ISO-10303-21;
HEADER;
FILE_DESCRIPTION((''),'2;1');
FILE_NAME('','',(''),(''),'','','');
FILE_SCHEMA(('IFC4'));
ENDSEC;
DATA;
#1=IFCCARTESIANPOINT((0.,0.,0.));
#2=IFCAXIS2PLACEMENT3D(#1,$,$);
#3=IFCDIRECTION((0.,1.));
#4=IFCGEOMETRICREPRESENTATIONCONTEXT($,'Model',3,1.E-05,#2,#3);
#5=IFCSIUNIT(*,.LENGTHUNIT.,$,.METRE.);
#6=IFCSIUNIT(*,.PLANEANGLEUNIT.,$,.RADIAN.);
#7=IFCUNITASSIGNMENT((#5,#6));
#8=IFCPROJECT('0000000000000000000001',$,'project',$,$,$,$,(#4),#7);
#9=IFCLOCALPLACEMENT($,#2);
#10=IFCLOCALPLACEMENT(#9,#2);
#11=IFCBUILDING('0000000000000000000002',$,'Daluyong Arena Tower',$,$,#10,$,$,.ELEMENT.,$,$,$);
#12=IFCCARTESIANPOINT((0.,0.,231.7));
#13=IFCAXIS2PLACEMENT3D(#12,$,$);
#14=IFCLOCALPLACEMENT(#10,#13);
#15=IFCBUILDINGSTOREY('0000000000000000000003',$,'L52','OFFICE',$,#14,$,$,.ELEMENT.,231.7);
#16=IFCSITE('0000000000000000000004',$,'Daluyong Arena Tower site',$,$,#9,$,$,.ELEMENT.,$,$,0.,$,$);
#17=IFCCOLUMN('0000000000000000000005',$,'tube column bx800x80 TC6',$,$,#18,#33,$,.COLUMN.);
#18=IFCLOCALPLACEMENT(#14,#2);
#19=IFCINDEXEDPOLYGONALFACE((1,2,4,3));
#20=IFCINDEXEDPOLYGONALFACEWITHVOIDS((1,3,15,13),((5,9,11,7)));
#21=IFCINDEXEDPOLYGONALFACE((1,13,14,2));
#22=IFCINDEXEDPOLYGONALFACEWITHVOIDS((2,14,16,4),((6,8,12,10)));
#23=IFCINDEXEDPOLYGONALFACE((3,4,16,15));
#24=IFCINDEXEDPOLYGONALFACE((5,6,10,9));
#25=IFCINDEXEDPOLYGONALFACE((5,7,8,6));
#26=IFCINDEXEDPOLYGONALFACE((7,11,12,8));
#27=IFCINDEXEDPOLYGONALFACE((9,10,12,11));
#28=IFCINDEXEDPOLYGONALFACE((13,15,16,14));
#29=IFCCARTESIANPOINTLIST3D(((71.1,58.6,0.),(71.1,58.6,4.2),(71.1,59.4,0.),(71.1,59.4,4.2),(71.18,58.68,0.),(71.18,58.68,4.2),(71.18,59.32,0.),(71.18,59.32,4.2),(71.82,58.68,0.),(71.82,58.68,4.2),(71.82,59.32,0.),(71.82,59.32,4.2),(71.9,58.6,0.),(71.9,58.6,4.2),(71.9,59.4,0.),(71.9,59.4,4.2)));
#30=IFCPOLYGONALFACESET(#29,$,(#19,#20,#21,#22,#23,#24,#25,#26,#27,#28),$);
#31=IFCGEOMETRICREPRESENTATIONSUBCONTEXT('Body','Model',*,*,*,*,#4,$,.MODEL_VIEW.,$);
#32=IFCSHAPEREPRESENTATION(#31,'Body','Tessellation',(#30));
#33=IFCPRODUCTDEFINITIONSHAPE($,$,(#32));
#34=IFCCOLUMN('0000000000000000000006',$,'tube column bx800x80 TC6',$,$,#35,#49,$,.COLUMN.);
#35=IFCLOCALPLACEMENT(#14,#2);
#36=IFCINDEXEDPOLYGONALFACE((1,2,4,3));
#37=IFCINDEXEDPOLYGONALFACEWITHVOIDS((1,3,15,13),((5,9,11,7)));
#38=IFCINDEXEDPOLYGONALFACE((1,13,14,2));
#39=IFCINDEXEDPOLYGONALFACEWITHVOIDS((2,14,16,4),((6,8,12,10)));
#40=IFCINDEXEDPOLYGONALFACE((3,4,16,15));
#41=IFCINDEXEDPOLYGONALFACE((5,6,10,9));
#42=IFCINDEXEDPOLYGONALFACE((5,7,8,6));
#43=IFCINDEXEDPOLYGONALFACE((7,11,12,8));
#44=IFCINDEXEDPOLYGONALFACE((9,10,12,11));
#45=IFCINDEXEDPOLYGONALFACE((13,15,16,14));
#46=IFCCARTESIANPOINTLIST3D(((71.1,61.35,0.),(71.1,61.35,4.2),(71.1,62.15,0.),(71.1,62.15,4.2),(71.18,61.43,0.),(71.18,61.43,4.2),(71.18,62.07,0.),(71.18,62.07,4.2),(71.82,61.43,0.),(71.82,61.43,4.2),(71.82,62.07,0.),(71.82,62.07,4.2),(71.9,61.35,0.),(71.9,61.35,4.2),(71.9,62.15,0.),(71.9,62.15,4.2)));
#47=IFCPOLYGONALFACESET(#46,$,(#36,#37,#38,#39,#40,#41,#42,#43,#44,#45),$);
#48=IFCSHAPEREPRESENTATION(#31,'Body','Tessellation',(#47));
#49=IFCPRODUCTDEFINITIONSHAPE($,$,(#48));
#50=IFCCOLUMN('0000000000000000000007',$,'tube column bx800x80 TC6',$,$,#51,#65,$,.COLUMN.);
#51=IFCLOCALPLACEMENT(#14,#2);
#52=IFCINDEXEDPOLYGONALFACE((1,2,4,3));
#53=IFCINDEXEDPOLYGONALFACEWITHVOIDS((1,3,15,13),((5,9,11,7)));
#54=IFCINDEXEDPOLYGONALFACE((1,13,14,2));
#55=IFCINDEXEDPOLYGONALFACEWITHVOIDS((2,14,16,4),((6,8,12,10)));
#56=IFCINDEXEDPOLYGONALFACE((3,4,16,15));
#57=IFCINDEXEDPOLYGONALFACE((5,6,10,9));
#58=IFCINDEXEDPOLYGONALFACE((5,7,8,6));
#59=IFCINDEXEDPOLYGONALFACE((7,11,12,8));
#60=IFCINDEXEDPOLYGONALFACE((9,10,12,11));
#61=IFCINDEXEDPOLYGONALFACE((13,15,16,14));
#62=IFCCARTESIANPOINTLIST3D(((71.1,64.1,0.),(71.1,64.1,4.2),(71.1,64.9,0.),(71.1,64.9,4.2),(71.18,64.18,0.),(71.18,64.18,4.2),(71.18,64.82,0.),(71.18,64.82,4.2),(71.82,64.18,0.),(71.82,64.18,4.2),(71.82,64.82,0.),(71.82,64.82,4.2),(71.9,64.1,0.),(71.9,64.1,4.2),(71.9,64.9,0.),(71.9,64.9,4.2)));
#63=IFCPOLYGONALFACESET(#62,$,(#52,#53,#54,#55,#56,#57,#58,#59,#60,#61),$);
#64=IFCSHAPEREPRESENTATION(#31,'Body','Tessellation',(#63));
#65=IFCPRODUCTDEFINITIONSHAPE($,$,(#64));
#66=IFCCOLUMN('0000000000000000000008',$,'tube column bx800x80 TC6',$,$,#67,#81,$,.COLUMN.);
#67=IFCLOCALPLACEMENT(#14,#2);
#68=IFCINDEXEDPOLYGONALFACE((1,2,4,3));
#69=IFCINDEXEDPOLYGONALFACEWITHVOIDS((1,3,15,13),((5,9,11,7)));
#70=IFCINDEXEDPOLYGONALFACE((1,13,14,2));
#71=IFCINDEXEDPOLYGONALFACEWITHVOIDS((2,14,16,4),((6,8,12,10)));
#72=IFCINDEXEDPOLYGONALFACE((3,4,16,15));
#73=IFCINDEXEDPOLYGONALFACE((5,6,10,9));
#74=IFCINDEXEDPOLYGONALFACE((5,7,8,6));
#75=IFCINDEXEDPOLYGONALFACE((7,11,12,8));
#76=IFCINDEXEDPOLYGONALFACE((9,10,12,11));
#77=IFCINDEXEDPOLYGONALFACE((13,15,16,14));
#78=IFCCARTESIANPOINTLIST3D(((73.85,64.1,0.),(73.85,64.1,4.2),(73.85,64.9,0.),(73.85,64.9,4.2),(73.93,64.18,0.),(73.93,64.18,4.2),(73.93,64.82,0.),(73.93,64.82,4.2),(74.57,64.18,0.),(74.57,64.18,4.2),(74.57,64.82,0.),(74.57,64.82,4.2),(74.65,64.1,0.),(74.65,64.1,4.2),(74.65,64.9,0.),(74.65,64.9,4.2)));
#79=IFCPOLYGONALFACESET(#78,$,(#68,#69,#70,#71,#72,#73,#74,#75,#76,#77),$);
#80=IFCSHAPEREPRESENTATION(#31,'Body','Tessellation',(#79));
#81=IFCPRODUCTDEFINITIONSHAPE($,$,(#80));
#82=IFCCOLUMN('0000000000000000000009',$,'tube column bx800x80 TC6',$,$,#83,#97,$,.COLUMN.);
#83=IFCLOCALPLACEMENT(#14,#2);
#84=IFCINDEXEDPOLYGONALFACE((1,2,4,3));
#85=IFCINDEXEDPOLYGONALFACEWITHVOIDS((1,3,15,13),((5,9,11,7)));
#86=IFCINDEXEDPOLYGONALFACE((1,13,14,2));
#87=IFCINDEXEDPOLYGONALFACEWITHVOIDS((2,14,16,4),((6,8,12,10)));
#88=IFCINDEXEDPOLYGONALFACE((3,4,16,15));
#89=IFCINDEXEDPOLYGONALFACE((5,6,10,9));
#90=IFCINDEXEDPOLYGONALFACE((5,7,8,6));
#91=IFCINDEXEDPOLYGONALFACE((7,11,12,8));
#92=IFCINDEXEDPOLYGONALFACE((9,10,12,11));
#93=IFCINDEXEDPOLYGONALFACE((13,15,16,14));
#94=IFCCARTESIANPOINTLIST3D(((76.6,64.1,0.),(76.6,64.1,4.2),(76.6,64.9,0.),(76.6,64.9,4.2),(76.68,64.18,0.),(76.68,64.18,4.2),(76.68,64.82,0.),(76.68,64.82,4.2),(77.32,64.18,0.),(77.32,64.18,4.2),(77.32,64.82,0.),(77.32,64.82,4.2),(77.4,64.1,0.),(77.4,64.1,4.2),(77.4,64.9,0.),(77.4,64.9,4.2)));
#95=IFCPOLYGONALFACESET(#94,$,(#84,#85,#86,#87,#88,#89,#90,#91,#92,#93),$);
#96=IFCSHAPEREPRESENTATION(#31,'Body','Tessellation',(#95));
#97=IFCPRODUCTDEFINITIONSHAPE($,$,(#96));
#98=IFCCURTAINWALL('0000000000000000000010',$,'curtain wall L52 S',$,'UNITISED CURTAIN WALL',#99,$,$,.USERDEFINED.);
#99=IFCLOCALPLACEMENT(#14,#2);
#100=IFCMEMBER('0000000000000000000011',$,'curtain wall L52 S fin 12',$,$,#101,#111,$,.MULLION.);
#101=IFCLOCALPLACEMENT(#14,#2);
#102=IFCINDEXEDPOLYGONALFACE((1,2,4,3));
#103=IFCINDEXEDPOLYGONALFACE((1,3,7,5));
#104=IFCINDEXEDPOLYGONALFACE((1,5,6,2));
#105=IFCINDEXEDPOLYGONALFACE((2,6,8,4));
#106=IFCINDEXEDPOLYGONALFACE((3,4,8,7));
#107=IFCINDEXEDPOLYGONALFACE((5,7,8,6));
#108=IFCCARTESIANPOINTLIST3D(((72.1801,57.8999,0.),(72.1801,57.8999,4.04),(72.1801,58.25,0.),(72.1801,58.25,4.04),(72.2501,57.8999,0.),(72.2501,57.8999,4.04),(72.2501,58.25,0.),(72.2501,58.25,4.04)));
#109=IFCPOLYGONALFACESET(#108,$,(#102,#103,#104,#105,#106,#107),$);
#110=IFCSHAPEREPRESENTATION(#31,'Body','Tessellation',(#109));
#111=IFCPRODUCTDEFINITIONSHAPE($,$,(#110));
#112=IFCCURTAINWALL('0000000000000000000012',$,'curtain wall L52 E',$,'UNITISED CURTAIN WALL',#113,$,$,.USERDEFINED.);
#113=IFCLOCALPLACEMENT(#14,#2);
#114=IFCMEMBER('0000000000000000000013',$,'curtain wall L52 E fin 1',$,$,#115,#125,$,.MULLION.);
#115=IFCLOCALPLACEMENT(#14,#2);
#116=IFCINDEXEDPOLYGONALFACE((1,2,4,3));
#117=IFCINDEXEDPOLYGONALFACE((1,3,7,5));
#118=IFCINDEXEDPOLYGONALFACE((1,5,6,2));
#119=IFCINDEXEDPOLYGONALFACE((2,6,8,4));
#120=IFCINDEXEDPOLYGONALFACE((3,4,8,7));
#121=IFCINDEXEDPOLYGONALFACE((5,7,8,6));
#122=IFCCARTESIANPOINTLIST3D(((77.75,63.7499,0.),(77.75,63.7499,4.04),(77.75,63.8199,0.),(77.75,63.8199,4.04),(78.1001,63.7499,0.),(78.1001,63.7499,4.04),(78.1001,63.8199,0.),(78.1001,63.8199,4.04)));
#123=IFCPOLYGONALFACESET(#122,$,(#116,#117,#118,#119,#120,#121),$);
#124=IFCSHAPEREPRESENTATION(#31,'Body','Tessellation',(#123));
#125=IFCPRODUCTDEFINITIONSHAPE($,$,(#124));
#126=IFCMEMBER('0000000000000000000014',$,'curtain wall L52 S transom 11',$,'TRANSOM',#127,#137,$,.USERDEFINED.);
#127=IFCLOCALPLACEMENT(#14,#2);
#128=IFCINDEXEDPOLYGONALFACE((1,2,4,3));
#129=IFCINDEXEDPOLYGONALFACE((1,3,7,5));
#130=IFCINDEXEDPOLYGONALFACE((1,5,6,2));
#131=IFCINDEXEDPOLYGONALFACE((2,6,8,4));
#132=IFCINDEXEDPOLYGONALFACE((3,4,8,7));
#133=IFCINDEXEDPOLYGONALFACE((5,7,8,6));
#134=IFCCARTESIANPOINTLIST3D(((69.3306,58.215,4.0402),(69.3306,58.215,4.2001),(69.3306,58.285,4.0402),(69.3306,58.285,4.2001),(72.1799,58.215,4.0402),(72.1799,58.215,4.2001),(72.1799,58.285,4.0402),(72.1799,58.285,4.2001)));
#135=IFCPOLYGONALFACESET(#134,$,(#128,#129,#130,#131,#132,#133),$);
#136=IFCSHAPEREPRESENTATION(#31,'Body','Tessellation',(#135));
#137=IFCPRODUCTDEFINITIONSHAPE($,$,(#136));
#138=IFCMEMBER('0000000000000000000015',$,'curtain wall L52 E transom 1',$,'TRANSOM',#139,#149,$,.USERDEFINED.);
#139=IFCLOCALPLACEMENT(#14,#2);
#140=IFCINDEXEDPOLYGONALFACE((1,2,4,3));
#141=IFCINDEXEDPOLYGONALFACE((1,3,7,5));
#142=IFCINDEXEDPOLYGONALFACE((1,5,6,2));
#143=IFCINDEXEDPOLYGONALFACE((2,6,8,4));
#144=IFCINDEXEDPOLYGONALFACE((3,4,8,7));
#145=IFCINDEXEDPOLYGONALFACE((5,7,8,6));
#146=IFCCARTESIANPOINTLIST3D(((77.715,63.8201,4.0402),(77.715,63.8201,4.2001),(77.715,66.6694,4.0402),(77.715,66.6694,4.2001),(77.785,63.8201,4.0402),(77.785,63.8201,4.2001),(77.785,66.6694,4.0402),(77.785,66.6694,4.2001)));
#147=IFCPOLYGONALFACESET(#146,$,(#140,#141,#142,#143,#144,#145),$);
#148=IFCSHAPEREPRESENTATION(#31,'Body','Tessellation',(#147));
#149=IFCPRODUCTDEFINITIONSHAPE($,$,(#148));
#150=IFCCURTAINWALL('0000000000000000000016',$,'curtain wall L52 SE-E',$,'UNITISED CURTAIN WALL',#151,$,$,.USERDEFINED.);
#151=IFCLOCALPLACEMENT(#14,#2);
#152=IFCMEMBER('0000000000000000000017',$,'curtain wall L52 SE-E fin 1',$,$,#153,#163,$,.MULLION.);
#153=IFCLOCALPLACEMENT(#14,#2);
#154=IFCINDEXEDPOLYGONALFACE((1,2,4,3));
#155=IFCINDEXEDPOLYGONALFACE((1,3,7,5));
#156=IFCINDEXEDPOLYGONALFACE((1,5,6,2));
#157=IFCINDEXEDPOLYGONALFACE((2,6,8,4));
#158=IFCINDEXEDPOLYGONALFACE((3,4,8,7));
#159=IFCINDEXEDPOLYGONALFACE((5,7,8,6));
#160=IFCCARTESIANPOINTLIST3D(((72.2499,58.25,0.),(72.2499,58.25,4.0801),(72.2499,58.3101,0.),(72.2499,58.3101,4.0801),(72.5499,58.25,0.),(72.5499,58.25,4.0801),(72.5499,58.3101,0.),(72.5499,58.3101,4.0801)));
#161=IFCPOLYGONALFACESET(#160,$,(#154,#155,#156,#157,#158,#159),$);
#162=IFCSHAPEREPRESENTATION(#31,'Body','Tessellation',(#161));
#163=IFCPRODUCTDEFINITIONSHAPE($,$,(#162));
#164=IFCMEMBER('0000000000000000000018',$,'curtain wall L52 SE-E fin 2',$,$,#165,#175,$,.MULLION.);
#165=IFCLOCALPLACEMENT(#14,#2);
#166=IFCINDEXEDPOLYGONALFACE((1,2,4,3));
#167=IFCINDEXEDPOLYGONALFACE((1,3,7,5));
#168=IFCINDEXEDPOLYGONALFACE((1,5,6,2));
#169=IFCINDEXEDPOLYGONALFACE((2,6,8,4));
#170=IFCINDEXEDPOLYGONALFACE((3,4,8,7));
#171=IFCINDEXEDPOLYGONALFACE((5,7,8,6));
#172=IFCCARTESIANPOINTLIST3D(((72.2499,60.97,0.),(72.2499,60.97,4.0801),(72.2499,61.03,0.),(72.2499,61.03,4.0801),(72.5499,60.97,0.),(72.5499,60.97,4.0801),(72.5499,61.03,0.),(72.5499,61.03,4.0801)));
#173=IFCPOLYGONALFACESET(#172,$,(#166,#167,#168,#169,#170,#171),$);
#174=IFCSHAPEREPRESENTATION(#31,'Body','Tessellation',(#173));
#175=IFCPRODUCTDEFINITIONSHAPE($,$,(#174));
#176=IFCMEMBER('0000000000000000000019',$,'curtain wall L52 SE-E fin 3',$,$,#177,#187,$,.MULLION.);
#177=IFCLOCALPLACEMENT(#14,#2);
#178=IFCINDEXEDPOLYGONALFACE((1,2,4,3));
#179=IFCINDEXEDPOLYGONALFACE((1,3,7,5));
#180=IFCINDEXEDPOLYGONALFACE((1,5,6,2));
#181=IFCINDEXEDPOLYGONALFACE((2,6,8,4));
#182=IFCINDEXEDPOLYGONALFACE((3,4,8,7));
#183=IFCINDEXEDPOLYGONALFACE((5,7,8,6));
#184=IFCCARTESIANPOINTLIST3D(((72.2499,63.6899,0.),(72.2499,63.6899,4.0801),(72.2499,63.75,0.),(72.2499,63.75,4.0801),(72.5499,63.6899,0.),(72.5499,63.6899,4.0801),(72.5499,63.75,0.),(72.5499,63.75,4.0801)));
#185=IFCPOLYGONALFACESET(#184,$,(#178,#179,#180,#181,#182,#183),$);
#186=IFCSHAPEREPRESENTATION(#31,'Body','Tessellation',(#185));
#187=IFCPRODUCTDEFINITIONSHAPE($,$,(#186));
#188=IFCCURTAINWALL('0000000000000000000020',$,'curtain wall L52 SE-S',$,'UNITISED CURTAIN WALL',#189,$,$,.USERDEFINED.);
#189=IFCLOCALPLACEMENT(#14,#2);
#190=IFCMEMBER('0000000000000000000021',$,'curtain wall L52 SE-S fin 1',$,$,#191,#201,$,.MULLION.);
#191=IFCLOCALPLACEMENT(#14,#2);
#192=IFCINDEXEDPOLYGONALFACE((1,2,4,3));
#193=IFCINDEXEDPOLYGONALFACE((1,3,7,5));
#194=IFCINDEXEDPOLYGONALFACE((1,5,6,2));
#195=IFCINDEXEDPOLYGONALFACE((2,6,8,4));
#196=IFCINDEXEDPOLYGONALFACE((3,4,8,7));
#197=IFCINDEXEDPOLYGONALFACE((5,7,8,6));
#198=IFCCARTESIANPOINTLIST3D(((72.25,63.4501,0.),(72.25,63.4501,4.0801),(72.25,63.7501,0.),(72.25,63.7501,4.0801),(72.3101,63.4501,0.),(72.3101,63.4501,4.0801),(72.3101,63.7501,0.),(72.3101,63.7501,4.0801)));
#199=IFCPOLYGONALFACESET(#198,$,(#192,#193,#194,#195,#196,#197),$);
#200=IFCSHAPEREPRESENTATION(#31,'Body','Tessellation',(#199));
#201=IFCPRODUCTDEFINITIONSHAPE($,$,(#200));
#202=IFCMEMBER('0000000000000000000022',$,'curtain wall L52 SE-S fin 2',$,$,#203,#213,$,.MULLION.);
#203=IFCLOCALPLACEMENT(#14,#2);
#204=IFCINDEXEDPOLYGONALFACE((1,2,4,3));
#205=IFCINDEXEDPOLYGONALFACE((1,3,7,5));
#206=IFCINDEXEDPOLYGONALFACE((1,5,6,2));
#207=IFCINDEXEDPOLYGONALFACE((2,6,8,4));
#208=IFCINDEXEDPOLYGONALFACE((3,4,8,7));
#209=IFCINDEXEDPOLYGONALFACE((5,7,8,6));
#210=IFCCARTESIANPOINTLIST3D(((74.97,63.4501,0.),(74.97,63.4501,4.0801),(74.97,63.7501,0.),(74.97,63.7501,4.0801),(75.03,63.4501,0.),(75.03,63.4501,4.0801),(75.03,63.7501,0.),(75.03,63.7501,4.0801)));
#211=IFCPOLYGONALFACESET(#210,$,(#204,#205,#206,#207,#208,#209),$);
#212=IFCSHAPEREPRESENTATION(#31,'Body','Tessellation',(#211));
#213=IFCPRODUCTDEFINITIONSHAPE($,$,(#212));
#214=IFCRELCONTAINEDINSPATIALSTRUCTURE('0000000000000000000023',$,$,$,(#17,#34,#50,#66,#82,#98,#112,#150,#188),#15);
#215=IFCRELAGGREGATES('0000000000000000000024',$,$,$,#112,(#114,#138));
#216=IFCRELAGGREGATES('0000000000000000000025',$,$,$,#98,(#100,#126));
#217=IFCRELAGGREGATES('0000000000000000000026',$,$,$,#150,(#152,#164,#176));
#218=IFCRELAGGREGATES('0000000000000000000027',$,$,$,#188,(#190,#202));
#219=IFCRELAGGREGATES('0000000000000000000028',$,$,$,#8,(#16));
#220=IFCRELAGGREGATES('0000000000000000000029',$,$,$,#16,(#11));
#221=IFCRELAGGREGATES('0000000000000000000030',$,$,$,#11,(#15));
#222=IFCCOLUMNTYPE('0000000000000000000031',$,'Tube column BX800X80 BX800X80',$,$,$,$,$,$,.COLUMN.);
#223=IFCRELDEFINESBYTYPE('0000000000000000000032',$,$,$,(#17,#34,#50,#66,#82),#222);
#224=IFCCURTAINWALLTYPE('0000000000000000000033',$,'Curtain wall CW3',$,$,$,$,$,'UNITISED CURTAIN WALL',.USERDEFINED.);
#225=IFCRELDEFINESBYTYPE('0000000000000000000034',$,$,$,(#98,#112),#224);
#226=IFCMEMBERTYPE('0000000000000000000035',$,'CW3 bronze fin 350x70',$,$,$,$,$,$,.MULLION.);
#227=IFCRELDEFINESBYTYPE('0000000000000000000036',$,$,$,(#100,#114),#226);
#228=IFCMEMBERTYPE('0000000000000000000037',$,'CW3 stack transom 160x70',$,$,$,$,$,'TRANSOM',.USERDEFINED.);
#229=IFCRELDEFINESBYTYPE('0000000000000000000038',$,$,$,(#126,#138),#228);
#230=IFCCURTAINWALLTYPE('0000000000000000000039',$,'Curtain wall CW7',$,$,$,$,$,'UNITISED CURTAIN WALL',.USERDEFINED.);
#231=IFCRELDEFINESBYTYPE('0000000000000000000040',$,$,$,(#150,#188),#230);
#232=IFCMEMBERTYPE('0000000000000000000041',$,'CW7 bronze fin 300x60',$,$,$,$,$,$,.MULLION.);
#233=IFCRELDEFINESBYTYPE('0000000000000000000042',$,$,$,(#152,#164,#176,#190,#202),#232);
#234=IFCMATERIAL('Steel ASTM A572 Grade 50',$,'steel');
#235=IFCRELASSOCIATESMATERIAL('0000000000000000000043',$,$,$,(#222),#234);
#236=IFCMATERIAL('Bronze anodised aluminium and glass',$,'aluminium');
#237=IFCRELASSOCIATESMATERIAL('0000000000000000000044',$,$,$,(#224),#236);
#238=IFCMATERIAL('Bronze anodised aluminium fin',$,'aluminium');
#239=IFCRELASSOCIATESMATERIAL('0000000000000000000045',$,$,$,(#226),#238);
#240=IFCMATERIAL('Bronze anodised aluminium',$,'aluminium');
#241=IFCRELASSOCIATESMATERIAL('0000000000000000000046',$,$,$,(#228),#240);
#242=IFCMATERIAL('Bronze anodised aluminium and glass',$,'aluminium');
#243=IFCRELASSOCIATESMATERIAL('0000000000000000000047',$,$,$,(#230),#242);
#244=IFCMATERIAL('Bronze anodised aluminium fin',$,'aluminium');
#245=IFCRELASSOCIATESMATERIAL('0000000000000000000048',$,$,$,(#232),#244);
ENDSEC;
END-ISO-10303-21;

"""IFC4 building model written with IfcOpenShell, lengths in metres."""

from ifc_helpers import new_model, si_unit, direction, frame, origin, origin_2d, place, context, subcontext, project, spatial, rectangle, hollow_rectangle, extrude, material, material_profile, profile_set, type_object, element, aggregate, save


model = new_model("IFC4")

# Units and contexts
model_context = context("Model", 3, precision=1e-05, world=origin(), true_north=direction((0.0, 1.0)))
body_context = subcontext(model_context, "Body", "Model", "MODEL_VIEW")
ifc_project = project(units=[si_unit("LENGTHUNIT", "METRE"), si_unit("PLANEANGLEUNIT", "RADIAN")], contexts=[model_context])

# Site, building, storey
site_placement = place(None, origin())
site = spatial("IfcSite", under=ifc_project, at=site_placement, Name="Daluyong Arena Tower site", CompositionType="ELEMENT", RefElevation=0.0)
building_placement = place(site_placement, origin())
building = spatial("IfcBuilding", under=site, at=building_placement, Name="Daluyong Arena Tower", CompositionType="ELEMENT")
storey_placement = place(building_placement, frame((0.0, 0.0, 231.7)))
storey = spatial("IfcBuildingStorey", under=building, at=storey_placement, Name="L52", Description="OFFICE", CompositionType="ELEMENT", Elevation=231.7)

# Columns
ifc_material_1 = material(Name="Steel ASTM A572 Grade 50", Category="steel")
ifc_material_profile_1 = material_profile(ifc_material_1, hollow_rectangle(XDim=0.8, YDim=0.8, WallThickness=0.08, at=origin_2d()))
ifc_profile_set_1 = profile_set([ifc_material_profile_1], Name="Steel ASTM A572 Grade 50")
column_type = type_object("IfcColumnType", Name="Tube column BX800X80 BX800X80", PredefinedType="COLUMN", material=ifc_profile_set_1)
for number, where, z_axis, x_axis, name in (
    (1, (71.5, 59.0, 0.0), (0.0, 0.0, 1.0), (0.0, 1.0, 0.0), "tube column bx800x80 TC6"),
    (2, (71.5, 61.75, 0.0), (0.0, 0.0, 1.0), (0.0, 1.0, 0.0), "tube column bx800x80 TC6"),
    (3, (71.5, 64.5, 0.0), (0.0, 0.0, 1.0), (1.0, 0.0, 0.0), "tube column bx800x80 TC6"),
    (4, (74.25, 64.5, 0.0), (0.0, 0.0, 1.0), (1.0, 0.0, 0.0), "tube column bx800x80 TC6"),
    (5, (77.0, 64.5, 0.0), (0.0, 0.0, 1.0), (0.0, 1.0, 0.0), "tube column bx800x80 TC6"),
):
    element("IfcColumn", number, at=place(storey_placement, frame(where, z_axis=z_axis, x_axis=x_axis)), inside=storey, type_object=column_type, Name=name, PredefinedType="COLUMN", context=body_context, shape_type="SweptSolid", body=[
        extrude(hollow_rectangle(XDim=0.8, YDim=0.8, WallThickness=0.08, at=origin_2d()), origin(), (0.0, 0.0, 1.0), 4.2),
    ])

# Curtain walls, members
ifc_material_2 = material(Name="Bronze anodised aluminium and glass", Category="aluminium")
curtain_wall_type_1 = type_object("IfcCurtainWallType", Name="Curtain wall CW3", ElementType="UNITISED CURTAIN WALL", PredefinedType="USERDEFINED", material=ifc_material_2)
curtain_wall_1_placement = place(storey_placement, origin())
curtain_wall_1 = element("IfcCurtainWall", 6, at=curtain_wall_1_placement, inside=storey, type_object=curtain_wall_type_1, Name="curtain wall L52 S", ObjectType="UNITISED CURTAIN WALL", PredefinedType="USERDEFINED")
ifc_material_3 = material(Name="Bronze anodised aluminium fin", Category="aluminium")
ifc_material_profile_2 = material_profile(ifc_material_3, rectangle(XDim=0.3501, YDim=0.0701, at=origin_2d()))
ifc_profile_set_2 = profile_set([ifc_material_profile_2], Name="Bronze anodised aluminium fin")
member_type_1 = type_object("IfcMemberType", Name="CW3 bronze fin 350x70", PredefinedType="MULLION", material=ifc_profile_set_2)
member_1_placement = place(storey_placement, frame((72.2151, 58.075, 0.0), z_axis=(0.0, 0.0, 1.0), x_axis=(0.0, 1.0, 0.0)))
member_1 = element("IfcMember", 7, at=member_1_placement, type_object=member_type_1, Name="curtain wall L52 S fin 12", PredefinedType="MULLION", context=body_context, shape_type="SweptSolid", body=[
    extrude(rectangle(XDim=0.3501, YDim=0.0701, at=origin_2d()), origin(), (0.0, 0.0, 1.0), 4.04),
])
curtain_wall_2_placement = place(storey_placement, origin())
curtain_wall_2 = element("IfcCurtainWall", 8, at=curtain_wall_2_placement, inside=storey, type_object=curtain_wall_type_1, Name="curtain wall L52 E", ObjectType="UNITISED CURTAIN WALL", PredefinedType="USERDEFINED")
member_2_placement = place(storey_placement, frame((77.925, 63.7849, 0.0), z_axis=(0.0, 0.0, 1.0), x_axis=(-1.0, 0.0, 0.0)))
member_2 = element("IfcMember", 9, at=member_2_placement, type_object=member_type_1, Name="curtain wall L52 E fin 1", PredefinedType="MULLION", context=body_context, shape_type="SweptSolid", body=[
    extrude(rectangle(XDim=0.3501, YDim=0.0701, at=origin_2d()), origin(), (0.0, 0.0, 1.0), 4.04),
])

# Members
ifc_material_4 = material(Name="Bronze anodised aluminium", Category="aluminium")
ifc_material_profile_3 = material_profile(ifc_material_4, rectangle(XDim=0.0701, YDim=0.1599, at=origin_2d()))
ifc_profile_set_3 = profile_set([ifc_material_profile_3], Name="Bronze anodised aluminium")
member_type_2 = type_object("IfcMemberType", Name="CW3 stack transom 160x70", ElementType="TRANSOM", PredefinedType="USERDEFINED", material=ifc_profile_set_3)
member_3_placement = place(storey_placement, frame((69.3306, 58.25, 4.1201), z_axis=(1.0, 0.0, 0.0), x_axis=(0.0, 1.0, 0.0)))
member_3 = element("IfcMember", 10, at=member_3_placement, type_object=member_type_2, Name="curtain wall L52 S transom 11", ObjectType="TRANSOM", PredefinedType="USERDEFINED", context=body_context, shape_type="SweptSolid", body=[
    extrude(rectangle(XDim=0.0701, YDim=0.1599, at=origin_2d()), origin(), (0.0, 0.0, 1.0), 2.8494),
])
member_4_placement = place(storey_placement, frame((77.75, 63.8201, 4.1201), z_axis=(0.0, 1.0, 0.0), x_axis=(-1.0, 0.0, 0.0)))
member_4 = element("IfcMember", 11, at=member_4_placement, type_object=member_type_2, Name="curtain wall L52 E transom 1", ObjectType="TRANSOM", PredefinedType="USERDEFINED", context=body_context, shape_type="SweptSolid", body=[
    extrude(rectangle(XDim=0.0701, YDim=0.1599, at=origin_2d()), origin(), (0.0, 0.0, 1.0), 2.8494),
])
aggregate(curtain_wall_2, [member_2, member_4])

# Curtain walls, members
ifc_material_5 = material(Name="Bronze anodised aluminium and glass", Category="aluminium")
curtain_wall_type_2 = type_object("IfcCurtainWallType", Name="Curtain wall CW7", ElementType="UNITISED CURTAIN WALL", PredefinedType="USERDEFINED", material=ifc_material_5)
curtain_wall_3_placement = place(storey_placement, origin())
curtain_wall_3 = element("IfcCurtainWall", 12, at=curtain_wall_3_placement, inside=storey, type_object=curtain_wall_type_2, Name="curtain wall L52 SE-E", ObjectType="UNITISED CURTAIN WALL", PredefinedType="USERDEFINED")
ifc_material_6 = material(Name="Bronze anodised aluminium fin", Category="aluminium")
ifc_material_profile_4 = material_profile(ifc_material_6, rectangle(XDim=0.3, YDim=0.0601, at=origin_2d()))
ifc_profile_set_4 = profile_set([ifc_material_profile_4], Name="Bronze anodised aluminium fin")
member_type_3 = type_object("IfcMemberType", Name="CW7 bronze fin 300x60", PredefinedType="MULLION", material=ifc_profile_set_4)
member_5_placement = place(storey_placement, frame((72.3999, 58.28, 0.0), z_axis=(0.0, 0.0, 1.0), x_axis=(-1.0, 0.0, 0.0)))
member_5 = element("IfcMember", 13, at=member_5_placement, type_object=member_type_3, Name="curtain wall L52 SE-E fin 1", PredefinedType="MULLION", context=body_context, shape_type="SweptSolid", body=[
    extrude(rectangle(XDim=0.3, YDim=0.0601, at=origin_2d()), origin(), (0.0, 0.0, 1.0), 4.0801),
])
member_6_placement = place(storey_placement, frame((72.3999, 61.0, 0.0), z_axis=(0.0, 0.0, 1.0), x_axis=(-1.0, 0.0, 0.0)))
member_6 = element("IfcMember", 14, at=member_6_placement, type_object=member_type_3, Name="curtain wall L52 SE-E fin 2", PredefinedType="MULLION", context=body_context, shape_type="SweptSolid", body=[
    extrude(rectangle(XDim=0.3, YDim=0.0601, at=origin_2d()), origin(), (0.0, 0.0, 1.0), 4.0801),
])
member_7_placement = place(storey_placement, frame((72.3999, 63.72, 0.0), z_axis=(0.0, 0.0, 1.0), x_axis=(-1.0, 0.0, 0.0)))
member_7 = element("IfcMember", 15, at=member_7_placement, type_object=member_type_3, Name="curtain wall L52 SE-E fin 3", PredefinedType="MULLION", context=body_context, shape_type="SweptSolid", body=[
    extrude(rectangle(XDim=0.3, YDim=0.0601, at=origin_2d()), origin(), (0.0, 0.0, 1.0), 4.0801),
])
curtain_wall_4_placement = place(storey_placement, origin())
curtain_wall_4 = element("IfcCurtainWall", 16, at=curtain_wall_4_placement, inside=storey, type_object=curtain_wall_type_2, Name="curtain wall L52 SE-S", ObjectType="UNITISED CURTAIN WALL", PredefinedType="USERDEFINED")
member_8_placement = place(storey_placement, frame((72.28, 63.6001, 0.0), z_axis=(0.0, 0.0, 1.0), x_axis=(0.0, 1.0, 0.0)))
member_8 = element("IfcMember", 17, at=member_8_placement, type_object=member_type_3, Name="curtain wall L52 SE-S fin 1", PredefinedType="MULLION", context=body_context, shape_type="SweptSolid", body=[
    extrude(rectangle(XDim=0.3, YDim=0.0601, at=origin_2d()), origin(), (0.0, 0.0, 1.0), 4.0801),
])
member_9_placement = place(storey_placement, frame((75.0, 63.6001, 0.0), z_axis=(0.0, 0.0, 1.0), x_axis=(0.0, 1.0, 0.0)))
member_9 = element("IfcMember", 18, at=member_9_placement, type_object=member_type_3, Name="curtain wall L52 SE-S fin 2", PredefinedType="MULLION", context=body_context, shape_type="SweptSolid", body=[
    extrude(rectangle(XDim=0.3, YDim=0.0601, at=origin_2d()), origin(), (0.0, 0.0, 1.0), 4.0801),
])

aggregate(curtain_wall_1, [member_1, member_3])
aggregate(curtain_wall_3, [member_5, member_6, member_7])
aggregate(curtain_wall_4, [member_8, member_9])

save(model, "model.ifc")
